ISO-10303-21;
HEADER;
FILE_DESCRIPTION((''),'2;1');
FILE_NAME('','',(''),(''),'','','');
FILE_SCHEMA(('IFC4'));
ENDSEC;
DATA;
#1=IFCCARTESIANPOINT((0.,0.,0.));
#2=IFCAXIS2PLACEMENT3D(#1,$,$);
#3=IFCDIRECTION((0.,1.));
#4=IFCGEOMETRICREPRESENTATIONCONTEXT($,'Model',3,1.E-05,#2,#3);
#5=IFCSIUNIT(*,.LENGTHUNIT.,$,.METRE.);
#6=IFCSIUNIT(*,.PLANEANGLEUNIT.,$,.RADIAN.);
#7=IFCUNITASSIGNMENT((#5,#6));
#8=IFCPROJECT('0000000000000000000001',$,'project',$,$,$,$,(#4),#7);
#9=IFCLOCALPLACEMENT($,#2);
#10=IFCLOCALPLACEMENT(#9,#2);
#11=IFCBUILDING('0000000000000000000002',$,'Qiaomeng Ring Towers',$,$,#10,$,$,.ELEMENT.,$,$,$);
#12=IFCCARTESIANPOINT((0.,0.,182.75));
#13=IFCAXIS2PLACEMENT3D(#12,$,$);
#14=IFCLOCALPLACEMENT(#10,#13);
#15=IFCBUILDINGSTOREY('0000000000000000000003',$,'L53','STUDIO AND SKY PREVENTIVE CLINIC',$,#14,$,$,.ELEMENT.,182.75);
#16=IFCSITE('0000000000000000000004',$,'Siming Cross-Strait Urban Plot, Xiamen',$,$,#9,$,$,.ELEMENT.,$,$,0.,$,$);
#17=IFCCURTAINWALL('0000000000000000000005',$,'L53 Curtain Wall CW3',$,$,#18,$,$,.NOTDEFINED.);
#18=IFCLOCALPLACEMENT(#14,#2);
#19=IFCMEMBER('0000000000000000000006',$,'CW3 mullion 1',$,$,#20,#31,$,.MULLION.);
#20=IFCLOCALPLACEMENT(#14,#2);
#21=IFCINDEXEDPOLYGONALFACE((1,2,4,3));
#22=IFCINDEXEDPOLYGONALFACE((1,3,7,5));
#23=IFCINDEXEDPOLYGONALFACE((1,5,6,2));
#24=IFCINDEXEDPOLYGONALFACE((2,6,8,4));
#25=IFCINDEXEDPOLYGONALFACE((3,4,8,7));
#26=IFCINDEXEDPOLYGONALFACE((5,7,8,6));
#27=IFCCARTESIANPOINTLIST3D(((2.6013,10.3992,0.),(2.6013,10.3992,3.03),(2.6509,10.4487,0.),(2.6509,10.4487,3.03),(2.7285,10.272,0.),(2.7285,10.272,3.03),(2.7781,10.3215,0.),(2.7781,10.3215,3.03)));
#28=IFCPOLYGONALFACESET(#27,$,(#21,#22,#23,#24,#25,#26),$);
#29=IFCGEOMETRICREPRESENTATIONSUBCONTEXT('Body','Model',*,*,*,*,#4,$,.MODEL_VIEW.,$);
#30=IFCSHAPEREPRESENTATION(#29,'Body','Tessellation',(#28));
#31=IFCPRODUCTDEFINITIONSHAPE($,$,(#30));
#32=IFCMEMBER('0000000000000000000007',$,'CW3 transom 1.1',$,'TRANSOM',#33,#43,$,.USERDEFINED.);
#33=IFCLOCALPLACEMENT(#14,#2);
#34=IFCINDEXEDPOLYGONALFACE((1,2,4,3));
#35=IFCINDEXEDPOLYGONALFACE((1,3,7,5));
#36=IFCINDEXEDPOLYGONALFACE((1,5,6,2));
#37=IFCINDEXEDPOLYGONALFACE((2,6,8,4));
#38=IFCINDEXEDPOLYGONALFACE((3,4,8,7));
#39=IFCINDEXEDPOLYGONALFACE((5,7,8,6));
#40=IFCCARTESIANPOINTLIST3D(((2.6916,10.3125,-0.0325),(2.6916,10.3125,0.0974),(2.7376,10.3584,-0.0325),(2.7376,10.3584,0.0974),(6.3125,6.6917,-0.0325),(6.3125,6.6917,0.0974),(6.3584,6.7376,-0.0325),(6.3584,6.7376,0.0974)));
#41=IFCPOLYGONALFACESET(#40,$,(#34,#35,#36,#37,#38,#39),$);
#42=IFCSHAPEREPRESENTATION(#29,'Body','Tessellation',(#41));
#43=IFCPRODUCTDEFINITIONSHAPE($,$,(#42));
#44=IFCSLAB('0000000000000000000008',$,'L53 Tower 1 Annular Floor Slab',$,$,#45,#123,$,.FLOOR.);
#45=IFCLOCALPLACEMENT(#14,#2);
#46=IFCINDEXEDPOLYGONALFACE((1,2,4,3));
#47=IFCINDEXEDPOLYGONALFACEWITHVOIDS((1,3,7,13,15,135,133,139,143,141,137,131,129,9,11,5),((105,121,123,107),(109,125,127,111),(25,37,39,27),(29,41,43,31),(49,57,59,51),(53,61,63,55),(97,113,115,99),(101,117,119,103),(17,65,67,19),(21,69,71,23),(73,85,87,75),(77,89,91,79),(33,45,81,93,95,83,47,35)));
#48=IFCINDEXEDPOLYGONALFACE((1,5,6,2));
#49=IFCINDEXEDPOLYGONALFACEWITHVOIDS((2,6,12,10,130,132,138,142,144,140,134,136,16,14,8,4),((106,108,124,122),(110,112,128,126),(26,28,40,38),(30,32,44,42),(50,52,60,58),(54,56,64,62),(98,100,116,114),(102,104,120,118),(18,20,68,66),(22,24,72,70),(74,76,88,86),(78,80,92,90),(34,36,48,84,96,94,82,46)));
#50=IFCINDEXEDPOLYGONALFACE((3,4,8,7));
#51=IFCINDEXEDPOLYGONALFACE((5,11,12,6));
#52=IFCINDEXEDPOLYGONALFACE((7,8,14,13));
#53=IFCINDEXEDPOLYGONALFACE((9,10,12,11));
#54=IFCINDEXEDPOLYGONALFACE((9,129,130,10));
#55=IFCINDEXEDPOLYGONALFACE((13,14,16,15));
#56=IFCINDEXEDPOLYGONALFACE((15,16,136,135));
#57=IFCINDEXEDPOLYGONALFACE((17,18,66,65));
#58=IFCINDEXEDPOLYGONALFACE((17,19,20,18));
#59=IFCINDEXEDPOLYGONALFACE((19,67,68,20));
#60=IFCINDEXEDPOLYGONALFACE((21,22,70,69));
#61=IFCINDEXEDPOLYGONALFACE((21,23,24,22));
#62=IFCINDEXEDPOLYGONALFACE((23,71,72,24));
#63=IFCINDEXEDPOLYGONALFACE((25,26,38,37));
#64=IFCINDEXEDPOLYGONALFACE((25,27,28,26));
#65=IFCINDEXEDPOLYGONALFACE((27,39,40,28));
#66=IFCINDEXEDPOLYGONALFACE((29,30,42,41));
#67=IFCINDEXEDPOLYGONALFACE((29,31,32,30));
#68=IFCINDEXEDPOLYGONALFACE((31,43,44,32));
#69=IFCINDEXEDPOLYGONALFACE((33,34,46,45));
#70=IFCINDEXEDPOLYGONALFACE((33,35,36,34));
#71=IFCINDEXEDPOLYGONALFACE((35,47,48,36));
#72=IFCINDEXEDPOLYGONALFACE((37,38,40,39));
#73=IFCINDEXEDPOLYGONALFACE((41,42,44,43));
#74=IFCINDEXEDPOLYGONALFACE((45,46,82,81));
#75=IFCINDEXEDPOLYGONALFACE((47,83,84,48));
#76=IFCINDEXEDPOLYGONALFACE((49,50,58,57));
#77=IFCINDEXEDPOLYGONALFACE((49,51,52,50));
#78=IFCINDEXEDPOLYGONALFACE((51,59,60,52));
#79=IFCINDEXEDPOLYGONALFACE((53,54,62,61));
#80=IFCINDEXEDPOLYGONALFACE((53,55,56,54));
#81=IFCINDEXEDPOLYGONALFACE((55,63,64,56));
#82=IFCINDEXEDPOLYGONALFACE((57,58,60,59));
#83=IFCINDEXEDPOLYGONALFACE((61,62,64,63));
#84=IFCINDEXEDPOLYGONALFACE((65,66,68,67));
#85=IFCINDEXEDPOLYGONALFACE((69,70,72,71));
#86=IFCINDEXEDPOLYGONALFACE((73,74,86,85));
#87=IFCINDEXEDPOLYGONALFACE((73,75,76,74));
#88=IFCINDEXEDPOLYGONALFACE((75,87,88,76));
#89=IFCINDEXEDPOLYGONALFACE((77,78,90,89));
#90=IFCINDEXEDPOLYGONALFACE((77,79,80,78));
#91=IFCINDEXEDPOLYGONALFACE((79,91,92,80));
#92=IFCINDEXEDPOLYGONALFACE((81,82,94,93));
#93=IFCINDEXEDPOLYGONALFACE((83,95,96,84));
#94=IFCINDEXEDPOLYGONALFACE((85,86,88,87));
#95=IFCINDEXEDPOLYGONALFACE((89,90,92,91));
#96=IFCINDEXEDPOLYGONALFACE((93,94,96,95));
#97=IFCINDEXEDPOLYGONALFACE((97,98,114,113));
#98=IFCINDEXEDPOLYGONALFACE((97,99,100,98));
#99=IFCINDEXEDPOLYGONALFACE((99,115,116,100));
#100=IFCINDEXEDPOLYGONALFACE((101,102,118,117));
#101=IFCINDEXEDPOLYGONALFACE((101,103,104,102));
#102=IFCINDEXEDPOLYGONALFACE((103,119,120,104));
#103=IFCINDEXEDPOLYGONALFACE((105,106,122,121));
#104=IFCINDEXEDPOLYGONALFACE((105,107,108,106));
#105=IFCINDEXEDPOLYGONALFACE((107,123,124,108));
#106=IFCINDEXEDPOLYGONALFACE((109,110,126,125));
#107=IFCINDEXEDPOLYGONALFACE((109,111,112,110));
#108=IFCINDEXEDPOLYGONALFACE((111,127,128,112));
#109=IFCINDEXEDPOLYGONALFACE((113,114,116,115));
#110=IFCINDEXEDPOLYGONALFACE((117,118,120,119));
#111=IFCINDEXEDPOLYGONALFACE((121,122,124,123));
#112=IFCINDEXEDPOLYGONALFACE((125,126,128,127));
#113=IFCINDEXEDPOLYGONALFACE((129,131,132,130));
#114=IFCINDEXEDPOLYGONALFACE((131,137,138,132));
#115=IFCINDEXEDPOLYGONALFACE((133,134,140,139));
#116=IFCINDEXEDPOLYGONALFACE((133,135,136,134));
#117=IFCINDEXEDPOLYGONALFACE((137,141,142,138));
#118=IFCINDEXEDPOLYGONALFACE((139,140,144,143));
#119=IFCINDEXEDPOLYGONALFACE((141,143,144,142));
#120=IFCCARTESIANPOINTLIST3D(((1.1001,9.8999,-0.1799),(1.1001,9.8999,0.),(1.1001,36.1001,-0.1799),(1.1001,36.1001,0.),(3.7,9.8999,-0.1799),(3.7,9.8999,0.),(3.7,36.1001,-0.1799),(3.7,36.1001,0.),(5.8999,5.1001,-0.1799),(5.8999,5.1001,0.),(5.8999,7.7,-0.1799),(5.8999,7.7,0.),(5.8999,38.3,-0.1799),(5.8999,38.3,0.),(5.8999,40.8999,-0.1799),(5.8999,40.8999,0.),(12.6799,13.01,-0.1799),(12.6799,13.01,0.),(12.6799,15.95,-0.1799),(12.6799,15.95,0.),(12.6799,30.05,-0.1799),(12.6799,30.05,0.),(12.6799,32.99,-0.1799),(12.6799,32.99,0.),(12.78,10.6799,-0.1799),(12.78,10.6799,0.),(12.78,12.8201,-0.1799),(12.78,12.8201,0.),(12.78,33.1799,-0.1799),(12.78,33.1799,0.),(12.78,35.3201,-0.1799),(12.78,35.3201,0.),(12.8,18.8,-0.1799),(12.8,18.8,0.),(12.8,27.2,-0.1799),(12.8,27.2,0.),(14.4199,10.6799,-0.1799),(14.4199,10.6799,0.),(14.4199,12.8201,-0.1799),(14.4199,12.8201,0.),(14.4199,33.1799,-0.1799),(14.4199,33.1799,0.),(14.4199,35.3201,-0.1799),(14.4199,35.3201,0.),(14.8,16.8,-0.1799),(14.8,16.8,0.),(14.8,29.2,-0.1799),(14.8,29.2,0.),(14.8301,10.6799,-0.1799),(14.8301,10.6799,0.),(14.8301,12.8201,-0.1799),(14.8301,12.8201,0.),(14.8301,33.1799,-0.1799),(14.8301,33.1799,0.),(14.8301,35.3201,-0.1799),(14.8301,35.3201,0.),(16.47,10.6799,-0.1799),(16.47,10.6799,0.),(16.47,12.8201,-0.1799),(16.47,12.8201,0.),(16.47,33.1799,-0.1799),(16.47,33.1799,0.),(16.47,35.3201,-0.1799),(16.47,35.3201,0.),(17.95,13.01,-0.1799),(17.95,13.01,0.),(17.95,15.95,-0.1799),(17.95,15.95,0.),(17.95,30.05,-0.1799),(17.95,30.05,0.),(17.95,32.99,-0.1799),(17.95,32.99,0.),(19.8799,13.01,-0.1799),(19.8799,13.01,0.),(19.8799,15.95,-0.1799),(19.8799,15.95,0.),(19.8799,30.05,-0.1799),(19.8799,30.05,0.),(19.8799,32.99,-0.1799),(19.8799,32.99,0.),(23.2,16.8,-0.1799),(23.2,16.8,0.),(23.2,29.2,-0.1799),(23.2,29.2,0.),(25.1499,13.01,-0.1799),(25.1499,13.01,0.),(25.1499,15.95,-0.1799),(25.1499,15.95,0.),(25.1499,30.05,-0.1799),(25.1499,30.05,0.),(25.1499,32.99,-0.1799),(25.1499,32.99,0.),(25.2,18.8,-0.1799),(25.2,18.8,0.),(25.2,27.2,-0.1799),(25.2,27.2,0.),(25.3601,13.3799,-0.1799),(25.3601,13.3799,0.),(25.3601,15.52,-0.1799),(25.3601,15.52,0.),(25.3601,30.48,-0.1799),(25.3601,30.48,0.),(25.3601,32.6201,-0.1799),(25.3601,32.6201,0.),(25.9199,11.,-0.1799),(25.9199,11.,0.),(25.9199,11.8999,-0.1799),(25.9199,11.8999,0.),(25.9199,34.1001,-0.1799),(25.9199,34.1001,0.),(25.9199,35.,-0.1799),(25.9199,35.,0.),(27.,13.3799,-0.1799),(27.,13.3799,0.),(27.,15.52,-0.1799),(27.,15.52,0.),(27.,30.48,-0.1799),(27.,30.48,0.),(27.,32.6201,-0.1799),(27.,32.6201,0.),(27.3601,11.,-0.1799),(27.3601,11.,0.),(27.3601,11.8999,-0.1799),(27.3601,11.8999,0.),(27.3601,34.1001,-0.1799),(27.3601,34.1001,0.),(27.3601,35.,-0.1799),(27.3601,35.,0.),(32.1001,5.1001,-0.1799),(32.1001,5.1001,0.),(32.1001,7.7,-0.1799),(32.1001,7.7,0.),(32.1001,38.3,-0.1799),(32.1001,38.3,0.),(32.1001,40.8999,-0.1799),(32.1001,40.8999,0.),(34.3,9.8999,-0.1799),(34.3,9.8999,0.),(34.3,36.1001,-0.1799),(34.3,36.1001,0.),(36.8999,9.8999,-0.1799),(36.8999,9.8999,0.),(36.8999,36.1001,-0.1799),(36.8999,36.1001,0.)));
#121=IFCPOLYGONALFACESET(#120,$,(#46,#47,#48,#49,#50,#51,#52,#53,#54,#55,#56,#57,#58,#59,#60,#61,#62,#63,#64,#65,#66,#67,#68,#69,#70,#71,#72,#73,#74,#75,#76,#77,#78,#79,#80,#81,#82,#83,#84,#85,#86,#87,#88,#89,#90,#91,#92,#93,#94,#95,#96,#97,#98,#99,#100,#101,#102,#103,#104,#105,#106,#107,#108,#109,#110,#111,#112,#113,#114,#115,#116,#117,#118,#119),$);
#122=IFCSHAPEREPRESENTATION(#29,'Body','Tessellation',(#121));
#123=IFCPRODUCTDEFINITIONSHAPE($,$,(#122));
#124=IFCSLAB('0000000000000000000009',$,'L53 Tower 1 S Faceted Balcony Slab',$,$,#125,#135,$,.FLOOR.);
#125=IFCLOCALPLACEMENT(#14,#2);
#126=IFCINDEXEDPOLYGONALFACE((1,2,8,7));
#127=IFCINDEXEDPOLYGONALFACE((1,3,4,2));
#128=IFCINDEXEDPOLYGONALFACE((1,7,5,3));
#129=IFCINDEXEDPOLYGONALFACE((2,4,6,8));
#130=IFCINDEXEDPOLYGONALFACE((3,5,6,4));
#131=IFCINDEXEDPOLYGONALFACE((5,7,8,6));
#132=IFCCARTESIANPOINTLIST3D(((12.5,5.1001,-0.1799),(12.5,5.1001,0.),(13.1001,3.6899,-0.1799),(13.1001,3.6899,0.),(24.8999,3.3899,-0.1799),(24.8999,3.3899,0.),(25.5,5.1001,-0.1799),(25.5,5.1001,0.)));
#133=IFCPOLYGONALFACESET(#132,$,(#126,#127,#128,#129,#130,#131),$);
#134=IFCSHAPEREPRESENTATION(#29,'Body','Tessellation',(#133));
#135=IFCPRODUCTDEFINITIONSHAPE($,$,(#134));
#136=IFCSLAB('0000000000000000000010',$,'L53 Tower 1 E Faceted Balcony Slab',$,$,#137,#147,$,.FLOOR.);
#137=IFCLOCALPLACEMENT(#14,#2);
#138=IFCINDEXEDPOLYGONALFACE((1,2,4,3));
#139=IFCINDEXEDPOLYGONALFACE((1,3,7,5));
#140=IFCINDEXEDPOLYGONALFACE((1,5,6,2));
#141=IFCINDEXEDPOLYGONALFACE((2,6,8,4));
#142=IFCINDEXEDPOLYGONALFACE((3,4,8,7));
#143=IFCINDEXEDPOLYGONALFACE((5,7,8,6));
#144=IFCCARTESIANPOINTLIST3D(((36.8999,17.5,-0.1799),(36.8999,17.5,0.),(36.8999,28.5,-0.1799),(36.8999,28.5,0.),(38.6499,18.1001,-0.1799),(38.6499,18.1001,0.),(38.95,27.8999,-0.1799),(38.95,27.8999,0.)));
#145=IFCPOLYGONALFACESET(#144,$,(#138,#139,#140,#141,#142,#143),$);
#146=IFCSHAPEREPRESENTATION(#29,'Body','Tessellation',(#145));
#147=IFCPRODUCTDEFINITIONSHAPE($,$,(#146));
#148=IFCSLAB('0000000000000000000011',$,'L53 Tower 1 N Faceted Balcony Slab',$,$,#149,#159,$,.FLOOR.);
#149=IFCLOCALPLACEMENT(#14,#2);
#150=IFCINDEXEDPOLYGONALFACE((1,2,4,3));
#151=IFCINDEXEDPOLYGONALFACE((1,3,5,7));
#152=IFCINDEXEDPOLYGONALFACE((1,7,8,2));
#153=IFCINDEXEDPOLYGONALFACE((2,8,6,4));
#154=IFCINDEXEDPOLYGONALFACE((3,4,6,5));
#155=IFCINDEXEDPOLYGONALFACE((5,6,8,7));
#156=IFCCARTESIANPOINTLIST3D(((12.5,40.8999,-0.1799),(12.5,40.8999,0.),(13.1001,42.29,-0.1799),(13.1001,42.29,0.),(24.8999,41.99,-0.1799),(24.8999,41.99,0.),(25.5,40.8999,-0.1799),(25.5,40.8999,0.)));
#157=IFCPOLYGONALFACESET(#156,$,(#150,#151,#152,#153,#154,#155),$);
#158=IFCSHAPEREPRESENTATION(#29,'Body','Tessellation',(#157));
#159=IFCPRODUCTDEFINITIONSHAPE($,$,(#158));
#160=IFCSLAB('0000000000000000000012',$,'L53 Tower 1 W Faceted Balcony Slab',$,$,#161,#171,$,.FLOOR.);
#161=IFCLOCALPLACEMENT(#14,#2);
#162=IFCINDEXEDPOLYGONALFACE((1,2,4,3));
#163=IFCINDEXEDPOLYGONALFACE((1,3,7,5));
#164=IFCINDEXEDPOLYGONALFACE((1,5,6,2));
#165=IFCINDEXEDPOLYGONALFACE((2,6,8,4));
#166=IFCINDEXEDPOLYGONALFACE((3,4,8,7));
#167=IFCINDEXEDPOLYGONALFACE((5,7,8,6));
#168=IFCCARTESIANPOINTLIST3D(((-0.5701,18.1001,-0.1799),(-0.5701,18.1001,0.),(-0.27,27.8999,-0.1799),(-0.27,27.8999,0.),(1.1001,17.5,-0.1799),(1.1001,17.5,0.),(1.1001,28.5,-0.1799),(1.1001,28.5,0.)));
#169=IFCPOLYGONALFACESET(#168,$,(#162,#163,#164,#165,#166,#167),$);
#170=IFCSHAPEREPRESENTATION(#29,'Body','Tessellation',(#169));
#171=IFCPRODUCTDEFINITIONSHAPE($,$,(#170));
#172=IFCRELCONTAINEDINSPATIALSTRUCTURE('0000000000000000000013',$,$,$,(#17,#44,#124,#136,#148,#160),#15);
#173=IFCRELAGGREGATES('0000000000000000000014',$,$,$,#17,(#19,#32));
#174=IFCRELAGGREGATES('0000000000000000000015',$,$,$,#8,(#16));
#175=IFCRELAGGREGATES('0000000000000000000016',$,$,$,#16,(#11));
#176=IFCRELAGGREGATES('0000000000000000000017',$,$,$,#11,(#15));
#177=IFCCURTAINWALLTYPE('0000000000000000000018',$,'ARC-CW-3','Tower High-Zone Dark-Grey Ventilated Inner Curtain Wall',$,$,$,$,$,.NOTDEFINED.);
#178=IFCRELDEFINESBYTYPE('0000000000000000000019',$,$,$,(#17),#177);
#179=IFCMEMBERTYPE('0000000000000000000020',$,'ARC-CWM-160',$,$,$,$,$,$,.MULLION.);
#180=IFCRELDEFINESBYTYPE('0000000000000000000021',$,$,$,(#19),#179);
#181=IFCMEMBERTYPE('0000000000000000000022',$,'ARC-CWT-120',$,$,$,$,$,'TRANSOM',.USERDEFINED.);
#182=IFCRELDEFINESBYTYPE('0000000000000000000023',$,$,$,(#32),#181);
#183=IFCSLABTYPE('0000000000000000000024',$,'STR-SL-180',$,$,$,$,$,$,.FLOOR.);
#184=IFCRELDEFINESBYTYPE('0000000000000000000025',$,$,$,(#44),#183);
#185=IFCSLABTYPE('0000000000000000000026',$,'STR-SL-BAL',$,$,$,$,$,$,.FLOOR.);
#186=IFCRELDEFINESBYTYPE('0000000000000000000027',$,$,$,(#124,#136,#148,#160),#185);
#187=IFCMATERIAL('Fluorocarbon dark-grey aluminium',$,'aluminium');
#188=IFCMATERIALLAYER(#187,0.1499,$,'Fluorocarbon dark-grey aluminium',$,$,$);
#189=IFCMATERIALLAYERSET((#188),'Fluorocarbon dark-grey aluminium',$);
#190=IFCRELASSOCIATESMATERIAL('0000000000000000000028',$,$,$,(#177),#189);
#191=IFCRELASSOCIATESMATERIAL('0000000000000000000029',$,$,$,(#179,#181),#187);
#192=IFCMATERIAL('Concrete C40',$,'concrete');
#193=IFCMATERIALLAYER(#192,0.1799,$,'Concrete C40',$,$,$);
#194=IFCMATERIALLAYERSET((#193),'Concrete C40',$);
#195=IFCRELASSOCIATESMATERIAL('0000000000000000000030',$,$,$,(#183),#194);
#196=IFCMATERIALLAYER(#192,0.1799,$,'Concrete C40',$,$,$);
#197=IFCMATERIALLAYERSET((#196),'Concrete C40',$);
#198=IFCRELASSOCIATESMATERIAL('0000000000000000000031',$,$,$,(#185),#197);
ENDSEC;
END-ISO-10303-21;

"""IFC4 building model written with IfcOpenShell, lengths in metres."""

from ifc_helpers import new_model, si_unit, direction, frame, origin, origin_2d, place, context, subcontext, project, spatial, polyline, rectangle, outline, extrude, source, transform, mapped, material, layer, layer_set, material_profile, profile_set, type_object, element, aggregate, save


model = new_model("IFC4")

# Units and contexts
model_context = context("Model", 3, precision=1e-05, world=origin(), true_north=direction((0.0, 1.0)))
body_context = subcontext(model_context, "Body", "Model", "MODEL_VIEW")
ifc_project = project(units=[si_unit("LENGTHUNIT", "METRE"), si_unit("PLANEANGLEUNIT", "RADIAN")], contexts=[model_context])

# Site, building, storey
site_placement = place(None, origin())
site = spatial("IfcSite", under=ifc_project, at=site_placement, Name="Siming Cross-Strait Urban Plot, Xiamen", CompositionType="ELEMENT", RefElevation=0.0)
building_placement = place(site_placement, origin())
building = spatial("IfcBuilding", under=site, at=building_placement, Name="Qiaomeng Ring Towers", CompositionType="ELEMENT")
storey_placement = place(building_placement, frame((0.0, 0.0, 182.75)))
storey = spatial("IfcBuildingStorey", under=building, at=storey_placement, Name="L53", Description="STUDIO AND SKY PREVENTIVE CLINIC", CompositionType="ELEMENT", Elevation=182.75)

# Curtain wall, members
ifc_material_1 = material(Name="Fluorocarbon dark-grey aluminium", Category="aluminium")
ifc_layer_1 = layer(ifc_material_1, 0.1499, Name="Fluorocarbon dark-grey aluminium")
ifc_layer_set_1 = layer_set([ifc_layer_1], Name="Fluorocarbon dark-grey aluminium")
curtain_wall_type = type_object("IfcCurtainWallType", Name="ARC-CW-3", Description="Tower High-Zone Dark-Grey Ventilated Inner Curtain Wall", PredefinedType="NOTDEFINED", material=ifc_layer_set_1)
curtain_wall_placement = place(storey_placement, origin())
curtain_wall = element("IfcCurtainWall", 1, at=curtain_wall_placement, inside=storey, type_object=curtain_wall_type, Name="L53 Curtain Wall CW3", PredefinedType="NOTDEFINED")
ifc_material_profile_1 = material_profile(ifc_material_1, rectangle(XDim=0.0701, YDim=0.1799, at=origin_2d()), Name="ALU MULL 70x180")
ifc_profile_set_1 = profile_set([ifc_material_profile_1], Name="Fluorocarbon dark-grey aluminium")
member_type_1 = type_object("IfcMemberType", Name="ARC-CWM-160", PredefinedType="MULLION", material=ifc_profile_set_1)
shared_shape_1 = source(origin(), body_context, "Body", "SweptSolid", [
    extrude(rectangle(XDim=0.0701, YDim=0.1799, at=origin_2d()), origin(), (0.0, 0.0, 1.0), 3.03),
])
member_1_placement = place(storey_placement, frame((2.6897, 10.3604, 0.0), z_axis=(0.0, 0.0, 1.0), x_axis=(0.707107, 0.707107, 0.0)))
member_1 = element("IfcMember", 2, at=member_1_placement, type_object=member_type_1, Name="CW3 mullion 1", PredefinedType="MULLION", context=body_context, shape_type="MappedRepresentation", body=[
    mapped(shared_shape_1, transform((0.0, 0.0, 0.0), x_axis=(1.0, 0.0, 0.0), y_axis=(0.0, 1.0, 0.0), z_axis=(0.0, 0.0, 1.0), scale=1.0)),
])
ifc_material_profile_2 = material_profile(ifc_material_1, rectangle(XDim=0.0649, YDim=0.1299, at=origin_2d()), Name="ALU TRAN 65x130")
ifc_profile_set_2 = profile_set([ifc_material_profile_2], Name="Fluorocarbon dark-grey aluminium")
member_type_2 = type_object("IfcMemberType", Name="ARC-CWT-120", ElementType="TRANSOM", PredefinedType="USERDEFINED", material=ifc_profile_set_2)
shared_shape_2 = source(origin(), body_context, "Body", "SweptSolid", [
    extrude(rectangle(XDim=0.0649, YDim=0.1299, at=origin_2d()), origin(), (0.0, 0.0, 1.0), 5.1206),
])
member_2_placement = place(storey_placement, frame((2.7146, 10.3354, 0.0325), z_axis=(0.707107, -0.707107, 0.0), x_axis=(0.707107, 0.707107, 0.0)))
member_2 = element("IfcMember", 3, at=member_2_placement, type_object=member_type_2, Name="CW3 transom 1.1", ObjectType="TRANSOM", PredefinedType="USERDEFINED", context=body_context, shape_type="MappedRepresentation", body=[
    mapped(shared_shape_2, transform((0.0, 0.0, 0.0), x_axis=(1.0, 0.0, 0.0), y_axis=(0.0, 1.0, 0.0), z_axis=(0.0, 0.0, 1.0), scale=1.0)),
])
aggregate(curtain_wall, [member_1, member_2])

# Slabs
ifc_material_2 = material(Name="Concrete C40", Category="concrete")
ifc_layer_2 = layer(ifc_material_2, 0.1799, Name="Concrete C40")
ifc_layer_set_2 = layer_set([ifc_layer_2], Name="Concrete C40")
slab_type_1 = type_object("IfcSlabType", Name="STR-SL-180", PredefinedType="FLOOR", material=ifc_layer_set_2)
slab_1_placement = place(storey_placement, frame((0.0, 0.0, -0.1799)))
element("IfcSlab", 4, at=slab_1_placement, inside=storey, type_object=slab_type_1, Name="L53 Tower 1 Annular Floor Slab", PredefinedType="FLOOR", context=body_context, shape_type="SweptSolid", body=[
    extrude(outline(polyline([(5.8999, 5.1001), (32.1001, 5.1001), (32.1001, 7.7), (34.3, 9.8999), (36.8999, 9.8999), (36.8999, 36.1001), (34.3, 36.1001), (32.1001, 38.3), (32.1001, 40.8999), (5.8999, 40.8999), (5.8999, 38.3), (3.7, 36.1001), (1.1001, 36.1001), (1.1001, 9.8999), (3.7, 9.8999), (5.8999, 7.7), (5.8999, 5.1001)]), holes=[polyline([(12.78, 10.6799), (12.78, 12.8201), (14.4199, 12.8201), (14.4199, 10.6799), (12.78, 10.6799)]), polyline([(14.8301, 12.8201), (16.47, 12.8201), (16.47, 10.6799), (14.8301, 10.6799), (14.8301, 12.8201)]), polyline([(12.6799, 15.95), (17.95, 15.95), (17.95, 13.01), (12.6799, 13.01), (12.6799, 15.95)]), polyline([(23.2, 29.2), (25.2, 27.2), (25.2, 18.8), (23.2, 16.8), (14.8, 16.8), (12.8, 18.8), (12.8, 27.2), (14.8, 29.2), (23.2, 29.2)]), polyline([(12.6799, 32.99), (17.95, 32.99), (17.95, 30.05), (12.6799, 30.05), (12.6799, 32.99)]), polyline([(12.78, 35.3201), (14.4199, 35.3201), (14.4199, 33.1799), (12.78, 33.1799), (12.78, 35.3201)]), polyline([(14.8301, 33.1799), (14.8301, 35.3201), (16.47, 35.3201), (16.47, 33.1799), (14.8301, 33.1799)]), polyline([(25.9199, 11.8999), (27.3601, 11.8999), (27.3601, 11.0), (25.9199, 11.0), (25.9199, 11.8999)]), polyline([(25.3601, 15.52), (27.0, 15.52), (27.0, 13.3799), (25.3601, 13.3799), (25.3601, 15.52)]), polyline([(19.8799, 15.95), (25.1499, 15.95), (25.1499, 13.01), (19.8799, 13.01), (19.8799, 15.95)]), polyline([(19.8799, 32.99), (25.1499, 32.99), (25.1499, 30.05), (19.8799, 30.05), (19.8799, 32.99)]), polyline([(25.3601, 32.6201), (27.0, 32.6201), (27.0, 30.48), (25.3601, 30.48), (25.3601, 32.6201)]), polyline([(25.9199, 35.0), (27.3601, 35.0), (27.3601, 34.1001), (25.9199, 34.1001), (25.9199, 35.0)])]), origin(), (0.0, 0.0, 1.0), 0.1799),
])
ifc_layer_3 = layer(ifc_material_2, 0.1799, Name="Concrete C40")
ifc_layer_set_3 = layer_set([ifc_layer_3], Name="Concrete C40")
slab_type_2 = type_object("IfcSlabType", Name="STR-SL-BAL", PredefinedType="FLOOR", material=ifc_layer_set_3)
slab_2_placement = place(storey_placement, frame((0.0, 0.0, -0.1799)))
element("IfcSlab", 5, at=slab_2_placement, inside=storey, type_object=slab_type_2, Name="L53 Tower 1 S Faceted Balcony Slab", PredefinedType="FLOOR", context=body_context, shape_type="SweptSolid", body=[
    extrude(outline(polyline([(24.8999, 3.3899), (13.1001, 3.6899), (12.5, 5.1001), (25.5, 5.1001), (24.8999, 3.3899)])), origin(), (0.0, 0.0, 1.0), 0.1799),
])
slab_3_placement = place(storey_placement, frame((0.0, 0.0, -0.1799)))
element("IfcSlab", 6, at=slab_3_placement, inside=storey, type_object=slab_type_2, Name="L53 Tower 1 E Faceted Balcony Slab", PredefinedType="FLOOR", context=body_context, shape_type="SweptSolid", body=[
    extrude(outline(polyline([(38.95, 27.8999), (38.6499, 18.1001), (36.8999, 17.5), (36.8999, 28.5), (38.95, 27.8999)])), origin(), (0.0, 0.0, 1.0), 0.1799),
])
slab_4_placement = place(storey_placement, frame((0.0, 0.0, -0.1799)))
element("IfcSlab", 7, at=slab_4_placement, inside=storey, type_object=slab_type_2, Name="L53 Tower 1 N Faceted Balcony Slab", PredefinedType="FLOOR", context=body_context, shape_type="SweptSolid", body=[
    extrude(outline(polyline([(12.5, 40.8999), (13.1001, 42.29), (24.8999, 41.99), (25.5, 40.8999), (12.5, 40.8999)])), origin(), (0.0, 0.0, 1.0), 0.1799),
])
slab_5_placement = place(storey_placement, frame((0.0, 0.0, -0.1799)))
element("IfcSlab", 8, at=slab_5_placement, inside=storey, type_object=slab_type_2, Name="L53 Tower 1 W Faceted Balcony Slab", PredefinedType="FLOOR", context=body_context, shape_type="SweptSolid", body=[
    extrude(outline(polyline([(-0.5701, 18.1001), (-0.27, 27.8999), (1.1001, 28.5), (1.1001, 17.5), (-0.5701, 18.1001)])), origin(), (0.0, 0.0, 1.0), 0.1799),
])

save(model, "model.ifc")
